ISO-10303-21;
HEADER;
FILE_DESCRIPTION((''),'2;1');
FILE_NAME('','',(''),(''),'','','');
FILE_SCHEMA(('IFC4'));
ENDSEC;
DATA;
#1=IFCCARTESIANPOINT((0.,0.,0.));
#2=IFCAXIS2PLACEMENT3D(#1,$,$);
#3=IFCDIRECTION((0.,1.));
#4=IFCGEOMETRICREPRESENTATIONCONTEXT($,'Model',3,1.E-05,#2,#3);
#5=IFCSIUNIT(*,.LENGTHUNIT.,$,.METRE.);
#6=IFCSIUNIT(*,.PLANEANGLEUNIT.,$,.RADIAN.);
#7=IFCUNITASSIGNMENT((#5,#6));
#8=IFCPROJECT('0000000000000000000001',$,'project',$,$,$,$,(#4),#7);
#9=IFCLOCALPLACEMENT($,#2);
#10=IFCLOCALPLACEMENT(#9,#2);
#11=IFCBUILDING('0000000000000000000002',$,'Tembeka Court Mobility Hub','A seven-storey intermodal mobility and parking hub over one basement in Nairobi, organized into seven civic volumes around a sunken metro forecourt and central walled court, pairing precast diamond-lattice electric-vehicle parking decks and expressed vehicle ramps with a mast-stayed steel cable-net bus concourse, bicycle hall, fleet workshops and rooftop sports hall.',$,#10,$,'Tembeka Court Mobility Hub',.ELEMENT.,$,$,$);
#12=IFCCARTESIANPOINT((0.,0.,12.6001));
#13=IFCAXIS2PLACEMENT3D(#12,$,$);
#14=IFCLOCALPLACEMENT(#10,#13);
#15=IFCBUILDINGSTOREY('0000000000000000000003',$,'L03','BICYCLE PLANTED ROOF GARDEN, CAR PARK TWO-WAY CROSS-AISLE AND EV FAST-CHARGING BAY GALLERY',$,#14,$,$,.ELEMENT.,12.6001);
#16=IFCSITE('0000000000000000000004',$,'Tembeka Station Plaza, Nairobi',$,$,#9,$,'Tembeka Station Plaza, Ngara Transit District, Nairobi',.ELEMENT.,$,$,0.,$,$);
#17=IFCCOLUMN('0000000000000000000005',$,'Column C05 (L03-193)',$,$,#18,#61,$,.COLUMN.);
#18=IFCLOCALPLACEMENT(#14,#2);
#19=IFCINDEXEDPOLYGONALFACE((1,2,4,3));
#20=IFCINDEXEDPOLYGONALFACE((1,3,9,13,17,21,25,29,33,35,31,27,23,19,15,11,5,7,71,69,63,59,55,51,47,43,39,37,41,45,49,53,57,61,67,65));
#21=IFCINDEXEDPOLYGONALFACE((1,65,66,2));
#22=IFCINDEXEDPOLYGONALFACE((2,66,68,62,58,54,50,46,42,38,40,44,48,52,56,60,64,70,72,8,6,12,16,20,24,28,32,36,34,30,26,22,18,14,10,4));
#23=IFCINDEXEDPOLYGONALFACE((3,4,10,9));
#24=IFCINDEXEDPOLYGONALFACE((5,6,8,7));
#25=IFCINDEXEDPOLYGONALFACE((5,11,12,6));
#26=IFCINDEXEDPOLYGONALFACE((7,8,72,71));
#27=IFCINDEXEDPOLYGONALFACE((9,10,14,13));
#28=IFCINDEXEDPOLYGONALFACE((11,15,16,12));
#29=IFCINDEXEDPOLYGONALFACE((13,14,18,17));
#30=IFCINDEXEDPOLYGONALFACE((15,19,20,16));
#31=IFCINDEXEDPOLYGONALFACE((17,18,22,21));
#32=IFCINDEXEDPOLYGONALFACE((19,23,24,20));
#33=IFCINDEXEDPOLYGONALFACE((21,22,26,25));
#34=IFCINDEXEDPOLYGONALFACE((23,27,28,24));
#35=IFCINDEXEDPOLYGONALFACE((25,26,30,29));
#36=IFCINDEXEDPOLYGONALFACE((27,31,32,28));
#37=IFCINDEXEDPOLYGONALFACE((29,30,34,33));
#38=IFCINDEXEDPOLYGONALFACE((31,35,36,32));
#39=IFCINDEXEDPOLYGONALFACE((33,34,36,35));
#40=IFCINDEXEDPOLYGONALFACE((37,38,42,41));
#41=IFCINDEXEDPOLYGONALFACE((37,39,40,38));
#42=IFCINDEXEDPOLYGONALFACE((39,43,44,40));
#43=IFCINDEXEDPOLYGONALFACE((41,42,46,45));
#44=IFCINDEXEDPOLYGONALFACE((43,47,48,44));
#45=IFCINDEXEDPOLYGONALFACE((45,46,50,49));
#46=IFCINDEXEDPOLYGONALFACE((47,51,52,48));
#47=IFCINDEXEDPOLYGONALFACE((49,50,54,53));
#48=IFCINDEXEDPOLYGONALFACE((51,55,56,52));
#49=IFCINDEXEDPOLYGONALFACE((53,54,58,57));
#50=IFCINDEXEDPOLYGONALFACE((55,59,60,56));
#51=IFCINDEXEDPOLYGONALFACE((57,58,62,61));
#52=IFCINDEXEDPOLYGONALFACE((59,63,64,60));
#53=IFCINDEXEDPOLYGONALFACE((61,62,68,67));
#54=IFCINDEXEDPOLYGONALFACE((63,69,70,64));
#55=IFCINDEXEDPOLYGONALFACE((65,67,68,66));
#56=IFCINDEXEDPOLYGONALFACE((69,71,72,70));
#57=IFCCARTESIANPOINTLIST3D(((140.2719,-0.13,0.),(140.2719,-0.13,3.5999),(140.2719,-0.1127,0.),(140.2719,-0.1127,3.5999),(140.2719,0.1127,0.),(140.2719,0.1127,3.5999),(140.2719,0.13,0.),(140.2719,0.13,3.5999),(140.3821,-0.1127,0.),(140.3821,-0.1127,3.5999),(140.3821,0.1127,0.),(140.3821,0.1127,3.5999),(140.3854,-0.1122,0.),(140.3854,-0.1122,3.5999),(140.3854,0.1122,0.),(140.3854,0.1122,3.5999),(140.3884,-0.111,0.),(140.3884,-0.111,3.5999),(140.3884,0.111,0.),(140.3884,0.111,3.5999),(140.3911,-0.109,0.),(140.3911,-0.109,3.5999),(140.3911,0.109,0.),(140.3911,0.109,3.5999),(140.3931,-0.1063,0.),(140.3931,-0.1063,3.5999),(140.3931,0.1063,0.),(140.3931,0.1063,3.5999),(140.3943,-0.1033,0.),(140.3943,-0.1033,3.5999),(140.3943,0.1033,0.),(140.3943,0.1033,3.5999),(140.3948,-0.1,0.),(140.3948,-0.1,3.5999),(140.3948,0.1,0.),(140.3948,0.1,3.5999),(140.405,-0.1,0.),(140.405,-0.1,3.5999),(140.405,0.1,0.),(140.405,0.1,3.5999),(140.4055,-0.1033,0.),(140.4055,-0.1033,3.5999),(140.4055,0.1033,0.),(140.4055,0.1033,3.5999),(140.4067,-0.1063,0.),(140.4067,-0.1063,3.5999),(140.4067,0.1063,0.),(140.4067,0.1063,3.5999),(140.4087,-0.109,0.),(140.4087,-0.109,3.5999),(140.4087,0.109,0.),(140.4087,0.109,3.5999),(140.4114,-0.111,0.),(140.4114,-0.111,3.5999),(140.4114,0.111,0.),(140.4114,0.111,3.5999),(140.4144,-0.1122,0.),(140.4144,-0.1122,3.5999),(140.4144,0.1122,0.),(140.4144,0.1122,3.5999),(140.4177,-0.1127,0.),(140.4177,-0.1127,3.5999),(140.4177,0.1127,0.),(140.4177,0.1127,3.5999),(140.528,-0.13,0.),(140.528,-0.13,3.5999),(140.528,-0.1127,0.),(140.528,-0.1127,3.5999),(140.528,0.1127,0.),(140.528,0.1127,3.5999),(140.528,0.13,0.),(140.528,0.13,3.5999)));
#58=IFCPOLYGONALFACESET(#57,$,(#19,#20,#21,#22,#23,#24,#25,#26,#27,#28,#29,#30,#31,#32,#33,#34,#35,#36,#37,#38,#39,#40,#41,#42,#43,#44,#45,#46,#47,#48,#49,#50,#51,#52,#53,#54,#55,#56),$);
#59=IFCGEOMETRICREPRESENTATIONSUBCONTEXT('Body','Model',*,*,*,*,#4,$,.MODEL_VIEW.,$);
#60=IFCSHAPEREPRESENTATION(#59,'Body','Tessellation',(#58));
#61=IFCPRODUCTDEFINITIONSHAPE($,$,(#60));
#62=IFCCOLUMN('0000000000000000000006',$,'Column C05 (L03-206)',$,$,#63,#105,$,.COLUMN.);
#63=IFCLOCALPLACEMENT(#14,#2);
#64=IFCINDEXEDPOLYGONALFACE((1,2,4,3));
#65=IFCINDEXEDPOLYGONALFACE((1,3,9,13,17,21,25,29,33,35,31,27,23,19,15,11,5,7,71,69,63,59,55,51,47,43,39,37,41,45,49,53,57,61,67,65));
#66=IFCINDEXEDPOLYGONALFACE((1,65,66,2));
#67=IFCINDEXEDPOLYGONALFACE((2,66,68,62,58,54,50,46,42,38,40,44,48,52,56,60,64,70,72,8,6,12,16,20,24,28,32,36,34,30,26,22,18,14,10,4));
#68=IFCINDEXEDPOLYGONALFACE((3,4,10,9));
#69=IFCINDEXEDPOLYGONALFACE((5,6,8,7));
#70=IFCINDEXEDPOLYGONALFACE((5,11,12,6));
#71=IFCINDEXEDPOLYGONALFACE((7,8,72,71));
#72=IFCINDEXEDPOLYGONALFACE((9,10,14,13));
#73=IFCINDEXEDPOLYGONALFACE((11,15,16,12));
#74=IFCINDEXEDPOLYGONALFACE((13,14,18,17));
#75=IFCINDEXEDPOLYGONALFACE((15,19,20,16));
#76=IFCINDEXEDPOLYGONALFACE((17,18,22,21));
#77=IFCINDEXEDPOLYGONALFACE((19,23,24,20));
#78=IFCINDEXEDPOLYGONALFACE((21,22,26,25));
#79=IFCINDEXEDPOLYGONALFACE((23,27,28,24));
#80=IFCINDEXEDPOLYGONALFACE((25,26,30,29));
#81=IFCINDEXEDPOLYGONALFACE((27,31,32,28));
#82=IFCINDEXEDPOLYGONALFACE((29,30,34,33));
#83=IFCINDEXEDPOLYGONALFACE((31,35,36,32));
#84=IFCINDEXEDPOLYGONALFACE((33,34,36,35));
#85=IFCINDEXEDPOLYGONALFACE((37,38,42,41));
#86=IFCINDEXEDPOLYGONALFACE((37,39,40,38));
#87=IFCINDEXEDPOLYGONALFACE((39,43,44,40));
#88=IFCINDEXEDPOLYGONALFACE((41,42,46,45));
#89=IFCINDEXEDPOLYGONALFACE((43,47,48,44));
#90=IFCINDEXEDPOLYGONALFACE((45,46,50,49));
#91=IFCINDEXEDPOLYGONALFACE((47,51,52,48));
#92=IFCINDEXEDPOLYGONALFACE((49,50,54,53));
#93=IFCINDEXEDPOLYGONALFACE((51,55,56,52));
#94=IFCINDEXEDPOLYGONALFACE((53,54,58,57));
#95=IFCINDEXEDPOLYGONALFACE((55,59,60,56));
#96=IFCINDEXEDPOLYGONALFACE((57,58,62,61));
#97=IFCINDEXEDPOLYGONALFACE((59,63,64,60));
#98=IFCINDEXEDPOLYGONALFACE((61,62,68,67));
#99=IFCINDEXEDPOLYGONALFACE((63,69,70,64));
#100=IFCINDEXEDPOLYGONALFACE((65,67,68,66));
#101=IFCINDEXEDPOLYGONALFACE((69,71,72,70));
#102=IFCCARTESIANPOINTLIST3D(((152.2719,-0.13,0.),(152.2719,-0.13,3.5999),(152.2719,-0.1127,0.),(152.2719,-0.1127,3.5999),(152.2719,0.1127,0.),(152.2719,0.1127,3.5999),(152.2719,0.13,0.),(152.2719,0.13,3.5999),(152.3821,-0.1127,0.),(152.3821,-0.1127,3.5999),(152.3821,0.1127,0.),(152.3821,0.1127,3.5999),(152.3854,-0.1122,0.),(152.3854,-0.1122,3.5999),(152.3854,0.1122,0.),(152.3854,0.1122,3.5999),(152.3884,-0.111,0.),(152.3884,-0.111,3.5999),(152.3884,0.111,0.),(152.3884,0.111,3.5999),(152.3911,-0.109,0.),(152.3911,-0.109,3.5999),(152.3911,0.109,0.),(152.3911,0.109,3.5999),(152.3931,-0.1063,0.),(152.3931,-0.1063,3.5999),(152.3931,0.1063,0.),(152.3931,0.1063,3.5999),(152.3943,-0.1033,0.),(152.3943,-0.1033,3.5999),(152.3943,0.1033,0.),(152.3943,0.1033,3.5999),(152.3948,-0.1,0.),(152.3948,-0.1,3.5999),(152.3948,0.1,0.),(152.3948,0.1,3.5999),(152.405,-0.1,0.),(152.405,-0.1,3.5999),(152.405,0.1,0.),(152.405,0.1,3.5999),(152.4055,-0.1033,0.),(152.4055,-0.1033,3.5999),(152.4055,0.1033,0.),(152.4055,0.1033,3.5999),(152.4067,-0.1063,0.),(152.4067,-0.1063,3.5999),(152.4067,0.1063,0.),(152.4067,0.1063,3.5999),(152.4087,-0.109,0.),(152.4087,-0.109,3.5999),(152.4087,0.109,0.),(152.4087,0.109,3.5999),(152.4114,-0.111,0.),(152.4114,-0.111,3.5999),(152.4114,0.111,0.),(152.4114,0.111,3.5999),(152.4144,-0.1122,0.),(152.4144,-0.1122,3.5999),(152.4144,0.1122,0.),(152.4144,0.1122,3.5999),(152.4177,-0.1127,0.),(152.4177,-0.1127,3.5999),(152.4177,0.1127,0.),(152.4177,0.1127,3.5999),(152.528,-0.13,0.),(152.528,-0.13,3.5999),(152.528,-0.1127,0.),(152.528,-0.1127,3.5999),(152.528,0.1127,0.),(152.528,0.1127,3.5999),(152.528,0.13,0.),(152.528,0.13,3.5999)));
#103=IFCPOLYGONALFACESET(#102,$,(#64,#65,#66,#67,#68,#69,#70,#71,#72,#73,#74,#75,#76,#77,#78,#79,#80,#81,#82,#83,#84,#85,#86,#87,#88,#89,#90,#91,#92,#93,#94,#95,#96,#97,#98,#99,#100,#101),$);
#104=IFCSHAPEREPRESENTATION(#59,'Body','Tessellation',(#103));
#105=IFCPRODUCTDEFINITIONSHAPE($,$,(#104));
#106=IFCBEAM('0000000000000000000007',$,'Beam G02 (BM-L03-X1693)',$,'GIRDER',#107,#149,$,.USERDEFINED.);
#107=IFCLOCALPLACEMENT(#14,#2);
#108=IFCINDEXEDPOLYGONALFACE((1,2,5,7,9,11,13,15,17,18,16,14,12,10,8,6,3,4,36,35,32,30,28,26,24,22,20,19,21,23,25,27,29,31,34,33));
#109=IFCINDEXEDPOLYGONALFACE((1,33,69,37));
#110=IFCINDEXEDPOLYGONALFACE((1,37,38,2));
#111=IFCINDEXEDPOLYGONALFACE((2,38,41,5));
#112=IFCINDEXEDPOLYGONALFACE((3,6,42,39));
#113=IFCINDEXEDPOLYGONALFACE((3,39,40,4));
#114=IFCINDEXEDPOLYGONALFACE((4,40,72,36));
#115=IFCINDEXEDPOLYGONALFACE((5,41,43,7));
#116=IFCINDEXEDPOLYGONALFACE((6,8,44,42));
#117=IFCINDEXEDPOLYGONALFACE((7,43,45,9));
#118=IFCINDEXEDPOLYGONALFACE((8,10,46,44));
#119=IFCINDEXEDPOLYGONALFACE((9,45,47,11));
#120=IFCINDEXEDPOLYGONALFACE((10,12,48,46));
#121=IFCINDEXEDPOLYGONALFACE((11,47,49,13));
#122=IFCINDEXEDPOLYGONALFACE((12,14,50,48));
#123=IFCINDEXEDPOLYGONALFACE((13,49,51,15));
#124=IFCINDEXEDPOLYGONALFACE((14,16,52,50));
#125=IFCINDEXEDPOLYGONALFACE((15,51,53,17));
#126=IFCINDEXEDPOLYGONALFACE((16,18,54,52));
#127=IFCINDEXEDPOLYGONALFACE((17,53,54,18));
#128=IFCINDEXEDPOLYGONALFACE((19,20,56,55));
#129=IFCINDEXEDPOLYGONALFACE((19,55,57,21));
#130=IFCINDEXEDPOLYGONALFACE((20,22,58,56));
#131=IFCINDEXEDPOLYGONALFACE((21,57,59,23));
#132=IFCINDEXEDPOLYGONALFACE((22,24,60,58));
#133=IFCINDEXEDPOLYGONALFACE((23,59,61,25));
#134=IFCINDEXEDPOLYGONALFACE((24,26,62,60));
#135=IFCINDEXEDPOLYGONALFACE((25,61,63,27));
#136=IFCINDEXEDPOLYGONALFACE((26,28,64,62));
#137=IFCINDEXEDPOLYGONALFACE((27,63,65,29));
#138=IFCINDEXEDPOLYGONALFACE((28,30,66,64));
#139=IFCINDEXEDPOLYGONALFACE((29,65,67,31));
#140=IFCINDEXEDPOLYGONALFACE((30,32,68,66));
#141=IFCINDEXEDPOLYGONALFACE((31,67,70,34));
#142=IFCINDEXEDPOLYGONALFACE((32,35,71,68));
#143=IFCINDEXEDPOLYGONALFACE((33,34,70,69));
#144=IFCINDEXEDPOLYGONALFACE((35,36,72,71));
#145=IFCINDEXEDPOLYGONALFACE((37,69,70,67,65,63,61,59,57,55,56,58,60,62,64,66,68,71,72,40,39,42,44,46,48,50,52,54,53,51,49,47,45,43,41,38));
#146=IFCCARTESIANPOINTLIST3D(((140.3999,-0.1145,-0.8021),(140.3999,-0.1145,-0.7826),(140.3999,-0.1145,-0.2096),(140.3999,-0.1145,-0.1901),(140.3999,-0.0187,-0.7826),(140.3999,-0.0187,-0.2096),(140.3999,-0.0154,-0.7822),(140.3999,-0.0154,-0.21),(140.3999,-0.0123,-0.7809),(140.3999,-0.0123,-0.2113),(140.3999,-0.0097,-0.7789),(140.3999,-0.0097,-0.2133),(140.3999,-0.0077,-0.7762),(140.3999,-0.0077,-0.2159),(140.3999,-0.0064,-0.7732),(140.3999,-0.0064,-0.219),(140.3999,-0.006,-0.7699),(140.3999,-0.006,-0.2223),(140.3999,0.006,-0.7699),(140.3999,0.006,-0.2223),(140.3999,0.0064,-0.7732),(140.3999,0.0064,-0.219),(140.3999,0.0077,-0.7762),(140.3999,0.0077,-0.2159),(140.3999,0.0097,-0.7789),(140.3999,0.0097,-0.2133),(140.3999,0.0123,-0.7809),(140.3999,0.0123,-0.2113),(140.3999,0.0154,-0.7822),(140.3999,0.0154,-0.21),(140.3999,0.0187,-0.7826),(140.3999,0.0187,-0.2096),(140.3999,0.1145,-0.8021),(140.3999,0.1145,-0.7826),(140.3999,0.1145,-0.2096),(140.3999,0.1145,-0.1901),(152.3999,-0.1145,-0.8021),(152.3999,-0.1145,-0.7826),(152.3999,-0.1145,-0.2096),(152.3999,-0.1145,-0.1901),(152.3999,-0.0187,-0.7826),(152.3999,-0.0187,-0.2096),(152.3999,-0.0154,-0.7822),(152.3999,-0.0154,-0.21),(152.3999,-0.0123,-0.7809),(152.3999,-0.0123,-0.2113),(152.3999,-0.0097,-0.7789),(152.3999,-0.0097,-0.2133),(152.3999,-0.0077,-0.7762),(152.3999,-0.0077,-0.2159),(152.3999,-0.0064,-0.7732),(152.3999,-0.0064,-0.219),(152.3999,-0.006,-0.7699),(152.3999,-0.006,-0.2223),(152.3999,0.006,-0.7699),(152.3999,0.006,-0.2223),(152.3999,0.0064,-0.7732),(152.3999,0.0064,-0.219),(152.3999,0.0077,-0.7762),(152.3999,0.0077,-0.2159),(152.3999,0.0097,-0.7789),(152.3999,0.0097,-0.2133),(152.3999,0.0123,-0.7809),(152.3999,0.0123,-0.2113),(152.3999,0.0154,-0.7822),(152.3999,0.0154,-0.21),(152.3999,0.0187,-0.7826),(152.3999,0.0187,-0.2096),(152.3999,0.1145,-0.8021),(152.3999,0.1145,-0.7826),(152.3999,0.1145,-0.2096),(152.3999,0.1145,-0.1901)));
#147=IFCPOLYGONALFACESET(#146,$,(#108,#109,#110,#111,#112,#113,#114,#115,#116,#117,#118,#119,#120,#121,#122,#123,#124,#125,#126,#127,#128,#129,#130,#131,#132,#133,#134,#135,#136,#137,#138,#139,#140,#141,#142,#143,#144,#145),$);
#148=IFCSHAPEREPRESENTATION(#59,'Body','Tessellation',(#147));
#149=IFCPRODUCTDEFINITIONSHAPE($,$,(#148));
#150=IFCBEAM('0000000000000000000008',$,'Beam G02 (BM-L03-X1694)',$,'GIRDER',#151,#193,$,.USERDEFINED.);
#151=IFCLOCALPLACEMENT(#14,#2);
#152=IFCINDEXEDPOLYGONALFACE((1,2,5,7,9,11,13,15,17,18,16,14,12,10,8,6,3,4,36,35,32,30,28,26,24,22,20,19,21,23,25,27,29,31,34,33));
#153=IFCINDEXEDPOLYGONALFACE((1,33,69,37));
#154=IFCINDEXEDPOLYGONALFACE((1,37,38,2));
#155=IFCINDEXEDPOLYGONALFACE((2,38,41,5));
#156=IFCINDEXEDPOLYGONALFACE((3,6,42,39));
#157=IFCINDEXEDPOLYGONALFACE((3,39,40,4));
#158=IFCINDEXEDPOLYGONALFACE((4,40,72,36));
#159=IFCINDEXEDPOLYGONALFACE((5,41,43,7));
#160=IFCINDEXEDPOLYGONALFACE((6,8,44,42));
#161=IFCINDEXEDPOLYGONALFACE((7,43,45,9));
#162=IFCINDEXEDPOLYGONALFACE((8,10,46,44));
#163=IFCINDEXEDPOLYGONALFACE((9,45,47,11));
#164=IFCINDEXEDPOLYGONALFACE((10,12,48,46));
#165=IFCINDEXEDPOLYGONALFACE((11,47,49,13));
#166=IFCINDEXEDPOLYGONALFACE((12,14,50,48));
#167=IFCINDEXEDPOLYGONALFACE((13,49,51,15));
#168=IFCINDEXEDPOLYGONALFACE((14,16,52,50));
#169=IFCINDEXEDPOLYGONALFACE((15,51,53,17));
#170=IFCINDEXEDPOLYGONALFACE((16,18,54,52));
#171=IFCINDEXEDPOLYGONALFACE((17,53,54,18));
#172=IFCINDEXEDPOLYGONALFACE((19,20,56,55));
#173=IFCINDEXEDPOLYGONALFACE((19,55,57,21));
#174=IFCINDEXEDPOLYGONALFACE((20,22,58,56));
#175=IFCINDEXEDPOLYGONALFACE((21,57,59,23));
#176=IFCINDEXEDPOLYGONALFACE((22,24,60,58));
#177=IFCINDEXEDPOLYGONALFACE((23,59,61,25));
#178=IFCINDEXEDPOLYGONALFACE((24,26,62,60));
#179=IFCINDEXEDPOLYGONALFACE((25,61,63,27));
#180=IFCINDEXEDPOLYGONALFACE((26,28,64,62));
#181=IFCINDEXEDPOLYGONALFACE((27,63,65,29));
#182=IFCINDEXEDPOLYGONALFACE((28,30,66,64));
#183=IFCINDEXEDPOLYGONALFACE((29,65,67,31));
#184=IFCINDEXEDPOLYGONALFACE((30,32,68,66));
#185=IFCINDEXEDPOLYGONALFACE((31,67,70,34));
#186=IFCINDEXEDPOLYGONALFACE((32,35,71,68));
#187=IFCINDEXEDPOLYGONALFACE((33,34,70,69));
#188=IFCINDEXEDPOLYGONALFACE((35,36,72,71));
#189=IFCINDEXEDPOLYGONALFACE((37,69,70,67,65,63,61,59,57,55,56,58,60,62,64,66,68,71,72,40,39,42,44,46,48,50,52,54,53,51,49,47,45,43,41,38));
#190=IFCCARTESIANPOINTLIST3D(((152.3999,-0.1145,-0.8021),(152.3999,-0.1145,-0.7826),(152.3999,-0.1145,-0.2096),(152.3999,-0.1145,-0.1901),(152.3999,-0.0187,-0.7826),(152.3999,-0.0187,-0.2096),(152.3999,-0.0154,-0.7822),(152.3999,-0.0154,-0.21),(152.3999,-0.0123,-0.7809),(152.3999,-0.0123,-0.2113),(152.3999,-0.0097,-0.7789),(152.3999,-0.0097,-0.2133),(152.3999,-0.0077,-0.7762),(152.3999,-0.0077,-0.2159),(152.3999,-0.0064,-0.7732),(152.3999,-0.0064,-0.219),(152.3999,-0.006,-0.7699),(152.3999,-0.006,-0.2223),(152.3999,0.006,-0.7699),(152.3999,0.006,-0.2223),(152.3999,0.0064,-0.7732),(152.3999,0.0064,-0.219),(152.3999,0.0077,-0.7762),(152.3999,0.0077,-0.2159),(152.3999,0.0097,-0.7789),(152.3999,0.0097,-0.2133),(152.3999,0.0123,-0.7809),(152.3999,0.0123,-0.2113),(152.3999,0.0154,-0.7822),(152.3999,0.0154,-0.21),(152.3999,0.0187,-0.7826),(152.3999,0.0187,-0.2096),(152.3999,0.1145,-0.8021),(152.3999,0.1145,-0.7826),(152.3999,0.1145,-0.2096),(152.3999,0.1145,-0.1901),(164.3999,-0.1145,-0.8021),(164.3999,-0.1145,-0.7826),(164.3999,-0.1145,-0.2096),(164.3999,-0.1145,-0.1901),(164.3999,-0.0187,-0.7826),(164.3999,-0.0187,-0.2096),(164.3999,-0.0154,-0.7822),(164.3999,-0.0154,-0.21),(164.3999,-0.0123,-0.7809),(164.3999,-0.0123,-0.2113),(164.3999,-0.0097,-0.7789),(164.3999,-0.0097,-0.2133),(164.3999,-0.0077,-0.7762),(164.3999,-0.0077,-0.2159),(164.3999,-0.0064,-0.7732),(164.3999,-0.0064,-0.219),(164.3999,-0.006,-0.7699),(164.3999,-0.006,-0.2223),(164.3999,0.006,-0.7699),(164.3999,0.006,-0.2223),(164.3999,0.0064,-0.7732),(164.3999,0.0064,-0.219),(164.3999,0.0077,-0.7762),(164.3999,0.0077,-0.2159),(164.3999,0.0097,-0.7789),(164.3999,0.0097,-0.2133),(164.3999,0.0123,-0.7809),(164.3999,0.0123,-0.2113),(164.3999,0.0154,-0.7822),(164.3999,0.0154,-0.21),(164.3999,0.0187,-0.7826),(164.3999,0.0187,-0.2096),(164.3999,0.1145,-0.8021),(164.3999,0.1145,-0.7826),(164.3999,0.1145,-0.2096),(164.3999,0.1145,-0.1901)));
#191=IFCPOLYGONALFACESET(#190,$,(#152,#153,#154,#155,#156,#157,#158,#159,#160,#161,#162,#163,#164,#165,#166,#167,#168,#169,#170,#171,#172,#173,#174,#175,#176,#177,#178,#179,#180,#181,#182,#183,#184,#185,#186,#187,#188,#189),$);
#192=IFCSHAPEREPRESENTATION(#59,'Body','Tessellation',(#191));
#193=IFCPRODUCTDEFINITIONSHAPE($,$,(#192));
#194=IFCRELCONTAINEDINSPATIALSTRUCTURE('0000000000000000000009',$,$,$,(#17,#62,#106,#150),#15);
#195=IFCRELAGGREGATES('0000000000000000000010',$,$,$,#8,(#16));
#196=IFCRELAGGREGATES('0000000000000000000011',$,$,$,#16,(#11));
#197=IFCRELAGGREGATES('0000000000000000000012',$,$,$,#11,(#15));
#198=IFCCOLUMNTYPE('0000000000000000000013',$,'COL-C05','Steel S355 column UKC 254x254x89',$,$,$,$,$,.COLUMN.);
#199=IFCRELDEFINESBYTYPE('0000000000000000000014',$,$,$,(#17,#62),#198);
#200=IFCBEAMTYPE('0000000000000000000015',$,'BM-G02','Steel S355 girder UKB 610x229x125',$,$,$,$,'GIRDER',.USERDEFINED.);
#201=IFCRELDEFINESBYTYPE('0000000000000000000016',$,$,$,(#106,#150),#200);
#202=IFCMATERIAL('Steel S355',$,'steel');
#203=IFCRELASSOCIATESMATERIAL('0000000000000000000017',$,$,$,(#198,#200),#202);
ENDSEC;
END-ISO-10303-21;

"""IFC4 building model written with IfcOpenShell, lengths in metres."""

from ifc_helpers import new_model, si_unit, direction, frame, origin, origin_2d, place, context, subcontext, project, spatial, i_section, extrude, material, material_profile, profile_set, type_object, element, save


model = new_model("IFC4")

# Units and contexts
model_context = context("Model", 3, precision=1e-05, world=origin(), true_north=direction((0.0, 1.0)))
body_context = subcontext(model_context, "Body", "Model", "MODEL_VIEW")
ifc_project = project(units=[si_unit("LENGTHUNIT", "METRE"), si_unit("PLANEANGLEUNIT", "RADIAN")], contexts=[model_context])

# Site, building, storey
site_placement = place(None, origin())
site = spatial("IfcSite", under=ifc_project, at=site_placement, Name="Tembeka Station Plaza, Nairobi", LongName="Tembeka Station Plaza, Ngara Transit District, Nairobi", CompositionType="ELEMENT", RefElevation=0.0)
building_placement = place(site_placement, origin())
building = spatial("IfcBuilding", under=site, at=building_placement, Name="Tembeka Court Mobility Hub", Description="A seven-storey intermodal mobility and parking hub over one basement in Nairobi, organized into seven civic volumes around a sunken metro forecourt and central walled court, pairing precast diamond-lattice electric-vehicle parking decks and expressed vehicle ramps with a mast-stayed steel cable-net bus concourse, bicycle hall, fleet workshops and rooftop sports hall.", LongName="Tembeka Court Mobility Hub", CompositionType="ELEMENT")
storey_placement = place(building_placement, frame((0.0, 0.0, 12.6001)))
storey = spatial("IfcBuildingStorey", under=building, at=storey_placement, Name="L03", Description="BICYCLE PLANTED ROOF GARDEN, CAR PARK TWO-WAY CROSS-AISLE AND EV FAST-CHARGING BAY GALLERY", CompositionType="ELEMENT", Elevation=12.6001)

# Columns
ifc_material_1 = material(Name="Steel S355", Category="steel")
ifc_material_profile_1 = material_profile(ifc_material_1, i_section(OverallWidth=0.2561, OverallDepth=0.26, WebThickness=0.0103, FlangeThickness=0.0173, FilletRadius=0.0127, at=origin_2d()), Name="UKC 254x254x89")
ifc_profile_set_1 = profile_set([ifc_material_profile_1], Name="Steel S355")
column_type = type_object("IfcColumnType", Name="COL-C05", Description="Steel S355 column UKC 254x254x89", PredefinedType="COLUMN", material=ifc_profile_set_1)
for number, where, z_axis, x_axis, name in (
    (1, (140.3999, 0.0, 0.0), (0.0, 0.0, 1.0), (1.0, 0.0, 0.0), "Column C05 (L03-193)"),
    (2, (152.3999, 0.0, 0.0), (0.0, 0.0, 1.0), (1.0, 0.0, 0.0), "Column C05 (L03-206)"),
):
    element("IfcColumn", number, at=place(storey_placement, frame(where, z_axis=z_axis, x_axis=x_axis)), inside=storey, type_object=column_type, Name=name, PredefinedType="COLUMN", context=body_context, shape_type="SweptSolid", body=[
        extrude(i_section(OverallWidth=0.2561, OverallDepth=0.26, WebThickness=0.0103, FlangeThickness=0.0173, FilletRadius=0.0127, at=origin_2d()), origin(), (0.0, 0.0, 1.0), 3.5999),
    ])

# Beams
ifc_material_profile_2 = material_profile(ifc_material_1, i_section(OverallWidth=0.229, OverallDepth=0.6121, WebThickness=0.012, FlangeThickness=0.0195, FilletRadius=0.0127, at=origin_2d()), Name="UKB 610x229x125")
ifc_profile_set_2 = profile_set([ifc_material_profile_2], Name="Steel S355")
beam_type = type_object("IfcBeamType", Name="BM-G02", Description="Steel S355 girder UKB 610x229x125", ElementType="GIRDER", PredefinedType="USERDEFINED", material=ifc_profile_set_2)
for number, where, z_axis, x_axis, name in (
    (3, (140.3999, 0.0, -0.4961), (1.0, 0.0, 0.0), (0.0, 1.0, 0.0), "Beam G02 (BM-L03-X1693)"),
    (4, (152.3999, 0.0, -0.4961), (1.0, 0.0, 0.0), (0.0, 1.0, 0.0), "Beam G02 (BM-L03-X1694)"),
):
    element("IfcBeam", number, at=place(storey_placement, frame(where, z_axis=z_axis, x_axis=x_axis)), inside=storey, type_object=beam_type, Name=name, ObjectType="GIRDER", PredefinedType="USERDEFINED", context=body_context, shape_type="SweptSolid", body=[
        extrude(i_section(OverallWidth=0.229, OverallDepth=0.6121, WebThickness=0.012, FlangeThickness=0.0195, FilletRadius=0.0127, at=origin_2d()), origin(), (0.0, 0.0, 1.0), 12.0),
    ])

save(model, "model.ifc")
